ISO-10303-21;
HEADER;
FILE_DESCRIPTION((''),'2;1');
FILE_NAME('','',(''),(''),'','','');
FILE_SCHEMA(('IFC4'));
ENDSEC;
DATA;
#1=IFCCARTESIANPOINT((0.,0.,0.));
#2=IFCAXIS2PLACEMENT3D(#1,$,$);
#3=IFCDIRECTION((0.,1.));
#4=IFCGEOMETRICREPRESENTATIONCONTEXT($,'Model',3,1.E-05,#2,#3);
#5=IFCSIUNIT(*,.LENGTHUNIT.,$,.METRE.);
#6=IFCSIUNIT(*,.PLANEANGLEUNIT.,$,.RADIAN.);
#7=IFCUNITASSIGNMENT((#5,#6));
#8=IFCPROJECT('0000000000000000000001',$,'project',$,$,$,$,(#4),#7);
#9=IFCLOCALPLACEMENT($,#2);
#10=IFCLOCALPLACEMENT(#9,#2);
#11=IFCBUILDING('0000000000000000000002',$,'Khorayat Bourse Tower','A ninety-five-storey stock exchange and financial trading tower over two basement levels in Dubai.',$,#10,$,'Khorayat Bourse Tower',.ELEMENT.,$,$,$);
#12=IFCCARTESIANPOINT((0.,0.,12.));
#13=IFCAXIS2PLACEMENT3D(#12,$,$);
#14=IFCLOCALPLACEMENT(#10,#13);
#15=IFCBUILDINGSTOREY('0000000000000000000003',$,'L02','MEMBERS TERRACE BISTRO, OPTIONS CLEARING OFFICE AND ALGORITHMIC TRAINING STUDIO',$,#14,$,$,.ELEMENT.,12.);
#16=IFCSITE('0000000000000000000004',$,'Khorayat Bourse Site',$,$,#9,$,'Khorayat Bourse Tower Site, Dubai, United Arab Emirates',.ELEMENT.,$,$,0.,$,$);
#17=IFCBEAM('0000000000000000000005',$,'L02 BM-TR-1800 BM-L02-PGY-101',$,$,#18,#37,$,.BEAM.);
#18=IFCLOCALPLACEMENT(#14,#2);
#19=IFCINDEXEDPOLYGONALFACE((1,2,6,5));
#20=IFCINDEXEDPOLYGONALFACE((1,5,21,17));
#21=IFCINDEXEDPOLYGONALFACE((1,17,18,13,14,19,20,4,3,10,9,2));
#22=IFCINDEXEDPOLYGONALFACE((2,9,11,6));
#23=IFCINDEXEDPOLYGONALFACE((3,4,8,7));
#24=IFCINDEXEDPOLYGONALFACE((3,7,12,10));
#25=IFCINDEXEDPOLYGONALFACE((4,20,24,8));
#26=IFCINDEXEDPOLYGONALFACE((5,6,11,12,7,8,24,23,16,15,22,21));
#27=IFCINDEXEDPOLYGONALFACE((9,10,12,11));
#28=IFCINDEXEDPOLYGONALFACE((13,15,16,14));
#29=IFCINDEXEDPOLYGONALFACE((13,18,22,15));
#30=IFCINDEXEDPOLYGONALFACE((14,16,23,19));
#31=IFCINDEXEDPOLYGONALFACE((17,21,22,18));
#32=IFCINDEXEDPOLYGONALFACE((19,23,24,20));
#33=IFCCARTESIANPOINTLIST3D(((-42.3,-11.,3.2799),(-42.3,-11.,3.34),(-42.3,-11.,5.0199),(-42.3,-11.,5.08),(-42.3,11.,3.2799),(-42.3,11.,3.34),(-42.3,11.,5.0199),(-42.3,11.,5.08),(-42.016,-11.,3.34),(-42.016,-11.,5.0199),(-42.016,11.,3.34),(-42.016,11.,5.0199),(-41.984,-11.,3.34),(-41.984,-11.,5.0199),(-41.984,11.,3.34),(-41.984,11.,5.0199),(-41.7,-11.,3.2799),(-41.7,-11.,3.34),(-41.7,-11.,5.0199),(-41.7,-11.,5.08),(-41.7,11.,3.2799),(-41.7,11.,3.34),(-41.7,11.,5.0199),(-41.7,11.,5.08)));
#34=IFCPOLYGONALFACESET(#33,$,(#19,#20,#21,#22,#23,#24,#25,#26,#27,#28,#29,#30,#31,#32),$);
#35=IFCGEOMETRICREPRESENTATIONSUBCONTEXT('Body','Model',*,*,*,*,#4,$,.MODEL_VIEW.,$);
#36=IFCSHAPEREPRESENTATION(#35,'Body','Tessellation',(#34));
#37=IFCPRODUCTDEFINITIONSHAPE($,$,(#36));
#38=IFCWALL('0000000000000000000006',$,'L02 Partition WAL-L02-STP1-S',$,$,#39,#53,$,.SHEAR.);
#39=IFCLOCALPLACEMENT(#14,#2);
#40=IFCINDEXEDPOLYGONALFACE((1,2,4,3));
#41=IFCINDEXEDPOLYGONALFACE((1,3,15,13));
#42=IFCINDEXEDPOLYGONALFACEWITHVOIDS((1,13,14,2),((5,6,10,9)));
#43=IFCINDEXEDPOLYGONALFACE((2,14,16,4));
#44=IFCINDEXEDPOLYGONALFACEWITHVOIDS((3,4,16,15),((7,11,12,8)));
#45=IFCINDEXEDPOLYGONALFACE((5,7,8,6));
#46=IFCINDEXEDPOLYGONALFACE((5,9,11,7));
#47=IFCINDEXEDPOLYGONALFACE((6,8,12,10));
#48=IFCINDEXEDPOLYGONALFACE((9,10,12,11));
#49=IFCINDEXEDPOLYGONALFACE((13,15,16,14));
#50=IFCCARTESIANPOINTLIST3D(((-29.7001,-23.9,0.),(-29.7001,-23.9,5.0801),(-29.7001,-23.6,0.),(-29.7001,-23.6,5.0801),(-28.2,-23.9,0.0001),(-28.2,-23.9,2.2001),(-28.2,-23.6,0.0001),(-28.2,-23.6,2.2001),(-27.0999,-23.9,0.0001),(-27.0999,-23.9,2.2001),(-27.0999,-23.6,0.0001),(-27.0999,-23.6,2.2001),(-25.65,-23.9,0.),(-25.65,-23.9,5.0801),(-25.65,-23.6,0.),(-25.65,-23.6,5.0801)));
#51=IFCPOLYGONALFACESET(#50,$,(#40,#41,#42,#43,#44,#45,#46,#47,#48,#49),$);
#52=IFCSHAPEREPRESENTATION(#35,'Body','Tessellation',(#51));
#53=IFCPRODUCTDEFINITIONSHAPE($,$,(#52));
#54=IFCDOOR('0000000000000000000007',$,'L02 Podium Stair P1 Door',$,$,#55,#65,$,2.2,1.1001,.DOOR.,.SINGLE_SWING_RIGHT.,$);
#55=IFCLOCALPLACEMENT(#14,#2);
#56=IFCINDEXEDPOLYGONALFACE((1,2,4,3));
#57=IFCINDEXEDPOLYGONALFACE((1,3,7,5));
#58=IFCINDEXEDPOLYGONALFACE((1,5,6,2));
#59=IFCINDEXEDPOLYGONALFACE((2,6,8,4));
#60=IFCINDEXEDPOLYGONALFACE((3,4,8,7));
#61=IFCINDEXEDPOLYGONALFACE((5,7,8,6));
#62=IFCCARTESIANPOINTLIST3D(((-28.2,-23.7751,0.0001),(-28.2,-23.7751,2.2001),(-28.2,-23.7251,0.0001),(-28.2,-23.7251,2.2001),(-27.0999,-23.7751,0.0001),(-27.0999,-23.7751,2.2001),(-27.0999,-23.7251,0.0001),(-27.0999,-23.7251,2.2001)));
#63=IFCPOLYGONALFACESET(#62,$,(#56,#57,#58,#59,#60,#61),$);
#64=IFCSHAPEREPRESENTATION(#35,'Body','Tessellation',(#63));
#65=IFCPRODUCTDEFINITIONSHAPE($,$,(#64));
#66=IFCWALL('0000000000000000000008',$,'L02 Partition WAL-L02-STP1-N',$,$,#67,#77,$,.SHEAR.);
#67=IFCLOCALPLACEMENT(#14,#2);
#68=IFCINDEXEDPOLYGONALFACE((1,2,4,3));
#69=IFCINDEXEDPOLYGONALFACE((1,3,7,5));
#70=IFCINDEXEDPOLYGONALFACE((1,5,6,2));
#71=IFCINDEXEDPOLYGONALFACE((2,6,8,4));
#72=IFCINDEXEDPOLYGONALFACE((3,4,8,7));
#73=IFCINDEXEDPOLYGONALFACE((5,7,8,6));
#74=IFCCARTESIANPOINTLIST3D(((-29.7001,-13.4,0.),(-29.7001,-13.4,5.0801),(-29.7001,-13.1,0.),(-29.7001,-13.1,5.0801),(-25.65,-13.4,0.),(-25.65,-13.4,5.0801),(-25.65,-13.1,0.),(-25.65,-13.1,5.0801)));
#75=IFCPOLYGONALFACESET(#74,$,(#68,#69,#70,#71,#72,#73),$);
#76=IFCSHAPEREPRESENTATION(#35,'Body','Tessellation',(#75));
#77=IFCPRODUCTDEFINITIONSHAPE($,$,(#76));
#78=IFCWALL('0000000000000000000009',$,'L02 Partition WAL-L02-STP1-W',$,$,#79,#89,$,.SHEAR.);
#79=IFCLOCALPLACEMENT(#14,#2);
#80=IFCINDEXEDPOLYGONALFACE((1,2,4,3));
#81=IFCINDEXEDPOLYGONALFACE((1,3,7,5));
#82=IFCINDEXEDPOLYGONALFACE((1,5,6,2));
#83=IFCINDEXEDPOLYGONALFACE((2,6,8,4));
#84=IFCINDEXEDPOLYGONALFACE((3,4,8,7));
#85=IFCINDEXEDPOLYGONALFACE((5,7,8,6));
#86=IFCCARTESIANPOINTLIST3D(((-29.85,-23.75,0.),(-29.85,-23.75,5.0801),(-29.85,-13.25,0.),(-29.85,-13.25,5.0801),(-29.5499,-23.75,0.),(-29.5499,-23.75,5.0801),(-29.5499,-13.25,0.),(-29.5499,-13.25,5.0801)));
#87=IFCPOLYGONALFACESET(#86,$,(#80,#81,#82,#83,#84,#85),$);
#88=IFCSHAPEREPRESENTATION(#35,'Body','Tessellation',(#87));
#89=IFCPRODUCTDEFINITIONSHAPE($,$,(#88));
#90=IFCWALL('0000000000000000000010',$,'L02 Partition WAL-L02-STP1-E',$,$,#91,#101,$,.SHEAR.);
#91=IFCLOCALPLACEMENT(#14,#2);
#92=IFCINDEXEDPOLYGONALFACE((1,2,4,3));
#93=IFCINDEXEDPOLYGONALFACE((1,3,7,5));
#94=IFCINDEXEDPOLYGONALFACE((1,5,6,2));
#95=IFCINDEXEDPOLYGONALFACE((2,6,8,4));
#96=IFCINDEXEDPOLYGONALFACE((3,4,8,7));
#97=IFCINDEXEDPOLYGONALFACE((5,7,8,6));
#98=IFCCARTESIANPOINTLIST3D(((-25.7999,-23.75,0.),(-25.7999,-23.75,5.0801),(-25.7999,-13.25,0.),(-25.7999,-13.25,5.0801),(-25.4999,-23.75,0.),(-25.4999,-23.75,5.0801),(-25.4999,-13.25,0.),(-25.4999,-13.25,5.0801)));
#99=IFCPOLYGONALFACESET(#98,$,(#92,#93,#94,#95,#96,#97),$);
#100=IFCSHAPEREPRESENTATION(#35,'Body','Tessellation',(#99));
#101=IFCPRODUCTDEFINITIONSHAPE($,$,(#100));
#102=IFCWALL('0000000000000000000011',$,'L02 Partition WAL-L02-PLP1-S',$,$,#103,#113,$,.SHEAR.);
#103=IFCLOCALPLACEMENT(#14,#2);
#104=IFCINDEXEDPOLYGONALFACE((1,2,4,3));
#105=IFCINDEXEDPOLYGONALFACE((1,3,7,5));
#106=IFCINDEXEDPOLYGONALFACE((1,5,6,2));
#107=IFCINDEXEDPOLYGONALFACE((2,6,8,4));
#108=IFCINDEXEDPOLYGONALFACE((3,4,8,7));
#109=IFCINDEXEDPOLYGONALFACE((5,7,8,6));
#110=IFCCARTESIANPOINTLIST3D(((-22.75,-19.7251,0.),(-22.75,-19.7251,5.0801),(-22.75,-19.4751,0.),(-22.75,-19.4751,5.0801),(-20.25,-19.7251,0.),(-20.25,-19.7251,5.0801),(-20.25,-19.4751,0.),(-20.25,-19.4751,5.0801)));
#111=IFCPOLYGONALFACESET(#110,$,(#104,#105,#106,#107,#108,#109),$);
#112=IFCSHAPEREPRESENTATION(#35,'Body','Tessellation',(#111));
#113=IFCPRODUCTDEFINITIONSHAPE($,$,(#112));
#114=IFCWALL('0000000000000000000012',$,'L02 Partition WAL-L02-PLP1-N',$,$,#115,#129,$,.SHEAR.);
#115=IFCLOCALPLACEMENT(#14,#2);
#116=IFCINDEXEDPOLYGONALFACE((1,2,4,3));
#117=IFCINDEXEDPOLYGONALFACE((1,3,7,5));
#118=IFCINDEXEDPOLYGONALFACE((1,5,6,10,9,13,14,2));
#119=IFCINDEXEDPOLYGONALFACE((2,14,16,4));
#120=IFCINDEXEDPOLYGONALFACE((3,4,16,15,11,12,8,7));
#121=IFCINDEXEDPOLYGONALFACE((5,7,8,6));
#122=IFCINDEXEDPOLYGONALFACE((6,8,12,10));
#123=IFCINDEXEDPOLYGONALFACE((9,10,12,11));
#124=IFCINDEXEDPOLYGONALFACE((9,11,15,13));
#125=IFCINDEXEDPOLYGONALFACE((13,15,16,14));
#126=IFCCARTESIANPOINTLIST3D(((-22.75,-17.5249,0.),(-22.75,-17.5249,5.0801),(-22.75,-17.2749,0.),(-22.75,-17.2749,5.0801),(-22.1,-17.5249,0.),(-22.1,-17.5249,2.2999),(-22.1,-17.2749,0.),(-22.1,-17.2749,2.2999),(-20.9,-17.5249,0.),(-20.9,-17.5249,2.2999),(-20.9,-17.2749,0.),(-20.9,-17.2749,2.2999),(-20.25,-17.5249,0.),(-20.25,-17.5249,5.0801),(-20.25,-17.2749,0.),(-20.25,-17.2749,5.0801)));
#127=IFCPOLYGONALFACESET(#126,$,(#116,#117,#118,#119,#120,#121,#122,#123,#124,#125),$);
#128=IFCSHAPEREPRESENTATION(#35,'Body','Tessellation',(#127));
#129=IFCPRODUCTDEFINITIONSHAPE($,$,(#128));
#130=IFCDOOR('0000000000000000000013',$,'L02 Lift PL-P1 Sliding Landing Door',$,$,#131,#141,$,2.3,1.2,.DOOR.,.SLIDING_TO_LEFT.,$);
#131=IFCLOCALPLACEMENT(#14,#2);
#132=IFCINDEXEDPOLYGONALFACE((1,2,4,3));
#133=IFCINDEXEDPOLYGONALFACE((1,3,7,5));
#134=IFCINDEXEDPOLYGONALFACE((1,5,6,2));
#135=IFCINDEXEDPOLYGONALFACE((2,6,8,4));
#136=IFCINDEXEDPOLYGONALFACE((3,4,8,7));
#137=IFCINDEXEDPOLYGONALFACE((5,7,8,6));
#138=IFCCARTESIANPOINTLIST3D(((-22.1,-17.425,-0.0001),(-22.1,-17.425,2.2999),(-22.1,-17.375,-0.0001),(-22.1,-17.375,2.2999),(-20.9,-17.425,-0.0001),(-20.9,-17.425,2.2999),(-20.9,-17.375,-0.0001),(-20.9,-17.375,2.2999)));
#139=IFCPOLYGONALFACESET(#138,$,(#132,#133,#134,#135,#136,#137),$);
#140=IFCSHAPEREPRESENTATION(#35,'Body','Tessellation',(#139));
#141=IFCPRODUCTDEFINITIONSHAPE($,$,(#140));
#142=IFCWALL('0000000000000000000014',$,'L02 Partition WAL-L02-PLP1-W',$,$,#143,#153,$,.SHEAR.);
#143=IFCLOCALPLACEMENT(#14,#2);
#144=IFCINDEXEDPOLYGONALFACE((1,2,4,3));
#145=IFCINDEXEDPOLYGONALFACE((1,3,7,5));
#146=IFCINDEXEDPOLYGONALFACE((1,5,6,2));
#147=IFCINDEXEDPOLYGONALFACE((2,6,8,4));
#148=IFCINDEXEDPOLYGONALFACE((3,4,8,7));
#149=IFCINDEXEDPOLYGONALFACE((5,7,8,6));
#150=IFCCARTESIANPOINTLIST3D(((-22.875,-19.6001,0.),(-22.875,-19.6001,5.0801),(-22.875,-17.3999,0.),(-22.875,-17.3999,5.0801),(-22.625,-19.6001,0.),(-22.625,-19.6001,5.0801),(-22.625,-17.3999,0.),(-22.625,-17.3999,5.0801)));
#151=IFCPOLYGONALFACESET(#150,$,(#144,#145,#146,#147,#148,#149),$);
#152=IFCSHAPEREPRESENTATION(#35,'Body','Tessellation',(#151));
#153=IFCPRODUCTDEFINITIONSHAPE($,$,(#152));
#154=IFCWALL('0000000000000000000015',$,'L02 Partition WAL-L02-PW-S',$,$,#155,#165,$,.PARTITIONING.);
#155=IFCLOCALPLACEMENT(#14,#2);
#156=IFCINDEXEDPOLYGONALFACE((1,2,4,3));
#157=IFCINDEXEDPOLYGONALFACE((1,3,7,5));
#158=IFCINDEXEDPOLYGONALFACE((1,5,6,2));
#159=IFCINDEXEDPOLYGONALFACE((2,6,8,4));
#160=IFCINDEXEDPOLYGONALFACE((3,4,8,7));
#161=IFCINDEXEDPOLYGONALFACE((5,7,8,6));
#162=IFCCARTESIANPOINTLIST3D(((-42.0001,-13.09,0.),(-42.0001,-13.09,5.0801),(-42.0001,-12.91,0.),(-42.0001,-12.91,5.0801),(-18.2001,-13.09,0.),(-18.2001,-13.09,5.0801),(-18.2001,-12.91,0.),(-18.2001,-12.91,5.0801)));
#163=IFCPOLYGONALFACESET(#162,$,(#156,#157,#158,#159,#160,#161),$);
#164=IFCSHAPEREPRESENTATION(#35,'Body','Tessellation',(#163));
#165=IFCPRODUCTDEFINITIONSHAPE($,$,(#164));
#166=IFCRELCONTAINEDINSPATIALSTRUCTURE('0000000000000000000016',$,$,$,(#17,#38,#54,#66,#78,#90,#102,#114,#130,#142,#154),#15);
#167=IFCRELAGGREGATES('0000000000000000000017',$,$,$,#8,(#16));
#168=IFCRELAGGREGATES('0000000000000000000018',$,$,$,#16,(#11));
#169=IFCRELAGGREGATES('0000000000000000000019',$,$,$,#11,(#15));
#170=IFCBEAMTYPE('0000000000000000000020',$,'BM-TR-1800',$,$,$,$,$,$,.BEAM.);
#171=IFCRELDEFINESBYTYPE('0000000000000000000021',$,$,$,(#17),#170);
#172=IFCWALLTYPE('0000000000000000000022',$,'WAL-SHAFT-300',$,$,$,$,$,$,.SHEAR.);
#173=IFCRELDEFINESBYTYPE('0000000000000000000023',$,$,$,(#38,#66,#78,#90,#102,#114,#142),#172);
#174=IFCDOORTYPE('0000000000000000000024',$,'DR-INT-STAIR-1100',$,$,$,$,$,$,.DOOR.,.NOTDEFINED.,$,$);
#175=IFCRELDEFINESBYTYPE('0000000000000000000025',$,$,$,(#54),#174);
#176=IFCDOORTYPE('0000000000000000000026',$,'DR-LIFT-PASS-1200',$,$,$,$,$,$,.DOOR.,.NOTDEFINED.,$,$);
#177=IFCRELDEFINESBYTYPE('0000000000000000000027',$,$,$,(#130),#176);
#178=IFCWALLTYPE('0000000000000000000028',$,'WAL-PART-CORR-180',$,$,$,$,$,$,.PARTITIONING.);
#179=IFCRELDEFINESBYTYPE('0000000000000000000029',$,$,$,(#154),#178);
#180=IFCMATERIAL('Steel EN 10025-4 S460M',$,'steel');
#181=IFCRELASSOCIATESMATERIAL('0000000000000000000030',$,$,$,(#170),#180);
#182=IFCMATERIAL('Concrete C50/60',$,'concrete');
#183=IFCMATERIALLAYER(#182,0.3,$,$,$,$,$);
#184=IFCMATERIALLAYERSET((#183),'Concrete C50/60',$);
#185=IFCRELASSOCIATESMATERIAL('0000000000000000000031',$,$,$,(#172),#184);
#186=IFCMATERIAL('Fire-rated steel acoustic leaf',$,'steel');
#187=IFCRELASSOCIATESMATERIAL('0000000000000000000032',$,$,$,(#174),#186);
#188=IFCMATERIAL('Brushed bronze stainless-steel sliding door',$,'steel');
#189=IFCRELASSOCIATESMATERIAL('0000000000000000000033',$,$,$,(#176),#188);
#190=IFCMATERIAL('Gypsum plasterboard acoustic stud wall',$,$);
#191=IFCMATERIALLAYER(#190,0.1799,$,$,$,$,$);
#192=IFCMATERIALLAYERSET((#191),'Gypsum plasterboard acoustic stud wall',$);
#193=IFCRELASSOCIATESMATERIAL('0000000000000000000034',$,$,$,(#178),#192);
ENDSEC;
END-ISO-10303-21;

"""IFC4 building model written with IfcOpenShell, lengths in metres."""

from ifc_helpers import new_model, si_unit, direction, frame, frame_2d, origin, origin_2d, place, context, subcontext, project, spatial, rectangle, i_section, extrude, source, transform, mapped, material, layer, layer_set, material_profile, profile_set, type_object, element, fill, save


model = new_model("IFC4")

# Units and contexts
model_context = context("Model", 3, precision=1e-05, world=origin(), true_north=direction((0.0, 1.0)))
body_context = subcontext(model_context, "Body", "Model", "MODEL_VIEW")
ifc_project = project(units=[si_unit("LENGTHUNIT", "METRE"), si_unit("PLANEANGLEUNIT", "RADIAN")], contexts=[model_context])

# Site, building, storey
site_placement = place(None, origin())
site = spatial("IfcSite", under=ifc_project, at=site_placement, Name="Khorayat Bourse Site", LongName="Khorayat Bourse Tower Site, Dubai, United Arab Emirates", CompositionType="ELEMENT", RefElevation=0.0)
building_placement = place(site_placement, origin())
building = spatial("IfcBuilding", under=site, at=building_placement, Name="Khorayat Bourse Tower", Description="A ninety-five-storey stock exchange and financial trading tower over two basement levels in Dubai.", LongName="Khorayat Bourse Tower", CompositionType="ELEMENT")
storey_placement = place(building_placement, frame((0.0, 0.0, 12.0)))
storey = spatial("IfcBuildingStorey", under=building, at=storey_placement, Name="L02", Description="MEMBERS TERRACE BISTRO, OPTIONS CLEARING OFFICE AND ALGORITHMIC TRAINING STUDIO", CompositionType="ELEMENT", Elevation=12.0)

# Beam
ifc_material_1 = material(Name="Steel EN 10025-4 S460M", Category="steel")
ifc_material_profile_1 = material_profile(ifc_material_1, i_section(OverallWidth=0.6001, OverallDepth=1.8, WebThickness=0.032, FlangeThickness=0.0601, at=origin_2d()), Name="PG 1800x600x32x60")
ifc_profile_set_1 = profile_set([ifc_material_profile_1], Name="Steel EN 10025-4 S460M")
beam_type_1 = type_object("IfcBeamType", Name="BM-TR-1800", PredefinedType="BEAM", material=ifc_profile_set_1)
shared_shape_1 = source(origin(), body_context, "Body", "SweptSolid", [
    extrude(i_section(OverallWidth=0.6001, OverallDepth=1.8, WebThickness=0.032, FlangeThickness=0.0601, at=origin_2d()), origin(), (0.0, 0.0, 1.0), 22.0),
])
beam_1_placement = place(storey_placement, frame((-42.0, -11.0, 4.1799), z_axis=(0.0, 1.0, 0.0), x_axis=(-1.0, 0.0, 0.0)))
element("IfcBeam", 1, at=beam_1_placement, inside=storey, type_object=beam_type_1, Name="L02 BM-TR-1800 BM-L02-PGY-101", PredefinedType="BEAM", context=body_context, shape_type="MappedRepresentation", body=[
    mapped(shared_shape_1, transform((0.0, 0.0, 0.0), scale=1.0)),
])

# Wall, opening, door
ifc_material_2 = material(Name="Concrete C50/60", Category="concrete")
ifc_layer_1 = layer(ifc_material_2, 0.3)
ifc_layer_set_1 = layer_set([ifc_layer_1], Name="Concrete C50/60")
wall_type_1 = type_object("IfcWallType", Name="WAL-SHAFT-300", PredefinedType="SHEAR", material=ifc_layer_set_1)
shared_shape_2 = source(origin(), body_context, "Body", "SweptSolid", [
    extrude(rectangle(XDim=4.05, YDim=0.3, at=frame_2d((2.0249, 0.0))), origin(), (0.0, 0.0, 1.0), 5.0801),
])
wall_1_placement = place(storey_placement, frame((-29.7, -23.75, 0.0), z_axis=(0.0, 0.0, 1.0), x_axis=(1.0, 0.0, 0.0)))
wall_1 = element("IfcWall", 2, at=wall_1_placement, inside=storey, type_object=wall_type_1, Name="L02 Partition WAL-L02-STP1-S", PredefinedType="SHEAR", context=body_context, shape_type="MappedRepresentation", body=[
    mapped(shared_shape_2, transform((0.0, 0.0, 0.0), scale=1.0)),
])
shared_shape_3 = source(origin(), body_context, "Body", "SweptSolid", [
    extrude(rectangle(XDim=1.1001, YDim=2.2, at=frame_2d((0.55, 1.1001))), frame((0.0, 0.1599, 0.0), z_axis=(0.0, -1.0, 0.0), x_axis=(1.0, 0.0, 0.0)), (0.0, 0.0, 1.0), 0.3201),
])
opening_1_placement = place(wall_1_placement, frame((1.5, 0.0, 0.0)))
opening_1 = element("IfcOpeningElement", 3, at=opening_1_placement, cuts=wall_1, PredefinedType="OPENING", context=body_context, shape_type="MappedRepresentation", body=[
    mapped(shared_shape_3, transform((0.0, 0.0, 0.0), scale=1.0)),
])
ifc_material_3 = material(Name="Fire-rated steel acoustic leaf", Category="steel")
door_type_1 = type_object("IfcDoorType", Name="DR-INT-STAIR-1100", OperationType="NOTDEFINED", PredefinedType="DOOR", material=ifc_material_3)
shared_shape_4 = source(origin(), body_context, "Body", "SweptSolid", [
    extrude(rectangle(XDim=1.1001, YDim=2.2, at=frame_2d((0.55, 1.1001))), frame((0.0, 0.0249, 0.0), z_axis=(0.0, -1.0, 0.0), x_axis=(1.0, 0.0, 0.0)), (0.0, 0.0, 1.0), 0.05),
])
door_1_placement = place(opening_1_placement, origin())
door_1 = element("IfcDoor", 4, at=door_1_placement, inside=storey, type_object=door_type_1, Name="L02 Podium Stair P1 Door", OperationType="SINGLE_SWING_RIGHT", OverallHeight=2.2, OverallWidth=1.1001, PredefinedType="DOOR", context=body_context, shape_type="MappedRepresentation", body=[
    mapped(shared_shape_4, transform((0.0, 0.0, 0.0), scale=1.0)),
])
fill(opening_1, door_1)

# Walls
wall_2_placement = place(storey_placement, frame((-29.7, -13.25, 0.0), z_axis=(0.0, 0.0, 1.0), x_axis=(1.0, 0.0, 0.0)))
element("IfcWall", 5, at=wall_2_placement, inside=storey, type_object=wall_type_1, Name="L02 Partition WAL-L02-STP1-N", PredefinedType="SHEAR", context=body_context, shape_type="MappedRepresentation", body=[
    mapped(shared_shape_2, transform((0.0, 0.0, 0.0), scale=1.0)),
])
shared_shape_5 = source(origin(), body_context, "Body", "SweptSolid", [
    extrude(rectangle(XDim=10.5, YDim=0.3, at=frame_2d((5.25, 0.0))), origin(), (0.0, 0.0, 1.0), 5.0801),
])
for number, where, z_axis, x_axis, name in (
    (6, (-29.7, -23.75, 0.0), (0.0, 0.0, 1.0), (0.0, 1.0, 0.0), "L02 Partition WAL-L02-STP1-W"),
    (7, (-25.6499, -23.75, 0.0), (0.0, 0.0, 1.0), (0.0, 1.0, 0.0), "L02 Partition WAL-L02-STP1-E"),
):
    element("IfcWall", number, at=place(storey_placement, frame(where, z_axis=z_axis, x_axis=x_axis)), inside=storey, type_object=wall_type_1, Name=name, PredefinedType="SHEAR", context=body_context, shape_type="MappedRepresentation", body=[
        mapped(shared_shape_5, transform((0.0, 0.0, 0.0), scale=1.0)),
    ])
shared_shape_6 = source(origin(), body_context, "Body", "SweptSolid", [
    extrude(rectangle(XDim=2.5, YDim=0.25, at=frame_2d((1.25, 0.0))), origin(), (0.0, 0.0, 1.0), 5.0801),
])
wall_3_placement = place(storey_placement, frame((-22.75, -19.6001, 0.0), z_axis=(0.0, 0.0, 1.0), x_axis=(1.0, 0.0, 0.0)))
element("IfcWall", 8, at=wall_3_placement, inside=storey, type_object=wall_type_1, Name="L02 Partition WAL-L02-PLP1-S", PredefinedType="SHEAR", context=body_context, shape_type="MappedRepresentation", body=[
    mapped(shared_shape_6, transform((0.0, 0.0, 0.0), scale=1.0)),
])

# Wall, opening, door
wall_4_placement = place(storey_placement, frame((-22.75, -17.3999, 0.0), z_axis=(0.0, 0.0, 1.0), x_axis=(1.0, 0.0, 0.0)))
wall_4 = element("IfcWall", 9, at=wall_4_placement, inside=storey, type_object=wall_type_1, Name="L02 Partition WAL-L02-PLP1-N", PredefinedType="SHEAR", context=body_context, shape_type="MappedRepresentation", body=[
    mapped(shared_shape_6, transform((0.0, 0.0, 0.0), scale=1.0)),
])
shared_shape_7 = source(origin(), body_context, "Body", "SweptSolid", [
    extrude(rectangle(XDim=1.2, YDim=2.3, at=frame_2d((0.6001, 1.1499))), frame((0.0, 0.135, 0.0), z_axis=(0.0, -1.0, 0.0), x_axis=(1.0, 0.0, 0.0)), (0.0, 0.0, 1.0), 0.27),
])
opening_2_placement = place(wall_4_placement, frame((0.6499, 0.0, 0.0)))
opening_2 = element("IfcOpeningElement", 10, at=opening_2_placement, cuts=wall_4, PredefinedType="OPENING", context=body_context, shape_type="MappedRepresentation", body=[
    mapped(shared_shape_7, transform((0.0, 0.0, 0.0), scale=1.0)),
])
ifc_material_4 = material(Name="Brushed bronze stainless-steel sliding door", Category="steel")
door_type_2 = type_object("IfcDoorType", Name="DR-LIFT-PASS-1200", OperationType="NOTDEFINED", PredefinedType="DOOR", material=ifc_material_4)
shared_shape_8 = source(origin(), body_context, "Body", "SweptSolid", [
    extrude(rectangle(XDim=1.2, YDim=2.3, at=frame_2d((0.6001, 1.1499))), frame((0.0, 0.0249, 0.0), z_axis=(0.0, -1.0, 0.0), x_axis=(1.0, 0.0, 0.0)), (0.0, 0.0, 1.0), 0.05),
])
door_2_placement = place(opening_2_placement, origin())
door_2 = element("IfcDoor", 11, at=door_2_placement, inside=storey, type_object=door_type_2, Name="L02 Lift PL-P1 Sliding Landing Door", OperationType="SLIDING_TO_LEFT", OverallHeight=2.3, OverallWidth=1.2, PredefinedType="DOOR", context=body_context, shape_type="MappedRepresentation", body=[
    mapped(shared_shape_8, transform((0.0, 0.0, 0.0), scale=1.0)),
])
fill(opening_2, door_2)

# Walls
shared_shape_9 = source(origin(), body_context, "Body", "SweptSolid", [
    extrude(rectangle(XDim=2.2002, YDim=0.25, at=frame_2d((1.1001, 0.0))), origin(), (0.0, 0.0, 1.0), 5.0801),
])
wall_5_placement = place(storey_placement, frame((-22.75, -19.6001, 0.0), z_axis=(0.0, 0.0, 1.0), x_axis=(0.0, 1.0, 0.0)))
element("IfcWall", 12, at=wall_5_placement, inside=storey, type_object=wall_type_1, Name="L02 Partition WAL-L02-PLP1-W", PredefinedType="SHEAR", context=body_context, shape_type="MappedRepresentation", body=[
    mapped(shared_shape_9, transform((0.0, 0.0, 0.0), scale=1.0)),
])
ifc_material_5 = material(Name="Gypsum plasterboard acoustic stud wall")
ifc_layer_2 = layer(ifc_material_5, 0.1799)
ifc_layer_set_2 = layer_set([ifc_layer_2], Name="Gypsum plasterboard acoustic stud wall")
wall_type_2 = type_object("IfcWallType", Name="WAL-PART-CORR-180", PredefinedType="PARTITIONING", material=ifc_layer_set_2)
shared_shape_10 = source(origin(), body_context, "Body", "SweptSolid", [
    extrude(rectangle(XDim=23.8, YDim=0.1799, at=frame_2d((11.8999, 0.0))), origin(), (0.0, 0.0, 1.0), 5.0801),
])
wall_6_placement = place(storey_placement, frame((-42.0, -13.0, 0.0), z_axis=(0.0, 0.0, 1.0), x_axis=(1.0, 0.0, 0.0)))
element("IfcWall", 13, at=wall_6_placement, inside=storey, type_object=wall_type_2, Name="L02 Partition WAL-L02-PW-S", PredefinedType="PARTITIONING", context=body_context, shape_type="MappedRepresentation", body=[
    mapped(shared_shape_10, transform((0.0, 0.0, 0.0), scale=1.0)),
])

save(model, "model.ifc")
